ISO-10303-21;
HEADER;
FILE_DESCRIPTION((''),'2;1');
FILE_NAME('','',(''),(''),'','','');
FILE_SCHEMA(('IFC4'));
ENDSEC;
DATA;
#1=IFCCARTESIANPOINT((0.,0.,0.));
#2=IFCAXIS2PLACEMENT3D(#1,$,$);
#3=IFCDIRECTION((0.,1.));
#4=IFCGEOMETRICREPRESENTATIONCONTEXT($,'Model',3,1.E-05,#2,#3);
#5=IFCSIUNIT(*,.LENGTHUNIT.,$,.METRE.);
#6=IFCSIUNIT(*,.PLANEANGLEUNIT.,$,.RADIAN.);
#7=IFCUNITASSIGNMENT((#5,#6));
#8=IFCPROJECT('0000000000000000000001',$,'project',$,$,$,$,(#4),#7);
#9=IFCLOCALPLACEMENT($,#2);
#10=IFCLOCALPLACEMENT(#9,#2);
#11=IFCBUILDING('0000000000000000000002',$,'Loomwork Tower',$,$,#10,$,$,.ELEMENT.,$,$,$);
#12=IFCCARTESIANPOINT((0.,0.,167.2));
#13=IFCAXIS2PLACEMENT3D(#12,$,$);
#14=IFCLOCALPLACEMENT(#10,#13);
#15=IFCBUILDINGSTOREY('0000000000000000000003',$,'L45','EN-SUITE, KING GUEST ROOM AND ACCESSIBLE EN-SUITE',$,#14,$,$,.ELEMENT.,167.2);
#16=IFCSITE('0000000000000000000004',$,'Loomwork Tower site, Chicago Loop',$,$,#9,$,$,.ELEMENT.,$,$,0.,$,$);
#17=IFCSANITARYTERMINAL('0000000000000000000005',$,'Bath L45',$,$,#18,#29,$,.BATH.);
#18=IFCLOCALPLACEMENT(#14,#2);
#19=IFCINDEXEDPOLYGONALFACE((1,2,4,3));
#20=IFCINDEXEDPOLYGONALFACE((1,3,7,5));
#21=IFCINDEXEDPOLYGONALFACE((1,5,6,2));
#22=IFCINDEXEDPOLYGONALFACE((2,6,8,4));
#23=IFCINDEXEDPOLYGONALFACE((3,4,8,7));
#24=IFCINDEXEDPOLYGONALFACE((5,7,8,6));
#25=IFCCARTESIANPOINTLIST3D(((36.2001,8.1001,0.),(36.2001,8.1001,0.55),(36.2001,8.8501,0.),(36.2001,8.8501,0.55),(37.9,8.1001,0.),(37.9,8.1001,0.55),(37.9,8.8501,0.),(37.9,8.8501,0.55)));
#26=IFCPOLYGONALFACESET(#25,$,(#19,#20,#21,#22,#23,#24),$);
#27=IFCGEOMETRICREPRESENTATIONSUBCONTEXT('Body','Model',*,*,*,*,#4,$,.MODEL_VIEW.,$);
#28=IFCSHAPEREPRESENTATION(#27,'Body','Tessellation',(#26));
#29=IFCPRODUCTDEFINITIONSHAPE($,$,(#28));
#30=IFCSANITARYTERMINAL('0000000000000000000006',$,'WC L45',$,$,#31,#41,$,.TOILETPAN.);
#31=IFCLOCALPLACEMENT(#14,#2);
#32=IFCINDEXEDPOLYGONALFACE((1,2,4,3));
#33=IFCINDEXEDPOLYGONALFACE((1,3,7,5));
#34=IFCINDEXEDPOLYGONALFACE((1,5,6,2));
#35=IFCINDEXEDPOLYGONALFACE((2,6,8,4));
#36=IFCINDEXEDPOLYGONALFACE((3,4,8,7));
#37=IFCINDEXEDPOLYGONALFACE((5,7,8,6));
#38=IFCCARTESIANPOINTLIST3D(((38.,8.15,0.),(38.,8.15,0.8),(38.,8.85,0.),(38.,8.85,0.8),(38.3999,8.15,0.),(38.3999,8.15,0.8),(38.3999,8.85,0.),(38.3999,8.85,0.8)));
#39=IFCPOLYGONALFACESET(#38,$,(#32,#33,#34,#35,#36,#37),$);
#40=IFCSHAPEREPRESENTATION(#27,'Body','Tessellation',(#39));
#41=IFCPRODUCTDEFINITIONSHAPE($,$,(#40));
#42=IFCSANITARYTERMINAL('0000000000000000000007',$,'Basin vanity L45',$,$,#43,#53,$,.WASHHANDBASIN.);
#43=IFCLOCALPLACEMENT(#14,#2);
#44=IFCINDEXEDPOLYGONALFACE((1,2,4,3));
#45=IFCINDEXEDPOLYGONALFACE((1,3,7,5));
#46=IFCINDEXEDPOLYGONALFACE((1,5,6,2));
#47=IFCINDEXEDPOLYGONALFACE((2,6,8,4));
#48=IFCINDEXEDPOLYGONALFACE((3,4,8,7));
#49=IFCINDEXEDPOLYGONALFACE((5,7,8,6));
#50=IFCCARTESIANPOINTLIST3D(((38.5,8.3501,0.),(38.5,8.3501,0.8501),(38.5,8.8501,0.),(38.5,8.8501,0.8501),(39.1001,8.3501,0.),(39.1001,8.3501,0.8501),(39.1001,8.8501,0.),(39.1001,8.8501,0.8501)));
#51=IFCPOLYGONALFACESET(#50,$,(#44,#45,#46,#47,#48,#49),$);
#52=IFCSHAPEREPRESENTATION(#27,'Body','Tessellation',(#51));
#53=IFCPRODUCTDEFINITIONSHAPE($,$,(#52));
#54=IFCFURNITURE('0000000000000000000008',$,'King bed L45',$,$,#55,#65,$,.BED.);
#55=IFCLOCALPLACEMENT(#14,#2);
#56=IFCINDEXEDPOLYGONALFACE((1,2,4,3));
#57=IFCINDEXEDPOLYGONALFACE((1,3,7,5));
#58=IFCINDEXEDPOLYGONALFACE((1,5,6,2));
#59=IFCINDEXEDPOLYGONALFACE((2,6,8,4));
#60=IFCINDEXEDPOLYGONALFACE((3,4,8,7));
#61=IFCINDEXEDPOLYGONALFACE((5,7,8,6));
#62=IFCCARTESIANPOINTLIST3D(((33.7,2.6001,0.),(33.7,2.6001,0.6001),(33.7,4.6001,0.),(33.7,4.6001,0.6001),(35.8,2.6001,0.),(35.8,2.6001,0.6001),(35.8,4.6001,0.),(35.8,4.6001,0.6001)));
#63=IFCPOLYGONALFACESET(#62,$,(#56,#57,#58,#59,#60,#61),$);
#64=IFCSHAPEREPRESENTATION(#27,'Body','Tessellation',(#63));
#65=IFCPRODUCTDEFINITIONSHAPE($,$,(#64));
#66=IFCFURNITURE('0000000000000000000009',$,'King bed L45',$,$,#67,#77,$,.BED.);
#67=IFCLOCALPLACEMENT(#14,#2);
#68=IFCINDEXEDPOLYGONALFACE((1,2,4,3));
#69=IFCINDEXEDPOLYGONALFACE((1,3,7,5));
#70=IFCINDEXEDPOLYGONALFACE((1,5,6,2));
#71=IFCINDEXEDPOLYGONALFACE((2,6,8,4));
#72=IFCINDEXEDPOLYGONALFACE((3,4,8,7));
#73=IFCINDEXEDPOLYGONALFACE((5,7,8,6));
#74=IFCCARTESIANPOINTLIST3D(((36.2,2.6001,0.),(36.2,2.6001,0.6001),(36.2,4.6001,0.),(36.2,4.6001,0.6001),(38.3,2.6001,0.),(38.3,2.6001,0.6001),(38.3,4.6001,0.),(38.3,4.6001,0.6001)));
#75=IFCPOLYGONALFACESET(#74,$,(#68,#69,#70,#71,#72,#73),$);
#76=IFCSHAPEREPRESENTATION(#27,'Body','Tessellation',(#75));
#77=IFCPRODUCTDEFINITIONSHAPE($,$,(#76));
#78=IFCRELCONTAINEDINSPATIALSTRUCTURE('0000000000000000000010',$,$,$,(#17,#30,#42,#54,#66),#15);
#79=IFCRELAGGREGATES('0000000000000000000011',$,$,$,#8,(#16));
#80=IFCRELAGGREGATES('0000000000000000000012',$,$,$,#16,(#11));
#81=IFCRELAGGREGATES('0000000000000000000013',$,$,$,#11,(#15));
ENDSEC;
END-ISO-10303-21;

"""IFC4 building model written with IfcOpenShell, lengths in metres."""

from ifc_helpers import new_model, si_unit, direction, frame, origin, origin_2d, place, context, subcontext, project, spatial, rectangle, extrude, element, save


model = new_model("IFC4")

# Units and contexts
model_context = context("Model", 3, precision=1e-05, world=origin(), true_north=direction((0.0, 1.0)))
body_context = subcontext(model_context, "Body", "Model", "MODEL_VIEW")
ifc_project = project(units=[si_unit("LENGTHUNIT", "METRE"), si_unit("PLANEANGLEUNIT", "RADIAN")], contexts=[model_context])

# Site, building, storey
site_placement = place(None, origin())
site = spatial("IfcSite", under=ifc_project, at=site_placement, Name="Loomwork Tower site, Chicago Loop", CompositionType="ELEMENT", RefElevation=0.0)
building_placement = place(site_placement, origin())
building = spatial("IfcBuilding", under=site, at=building_placement, Name="Loomwork Tower", CompositionType="ELEMENT")
storey_placement = place(building_placement, frame((0.0, 0.0, 167.2)))
storey = spatial("IfcBuildingStorey", under=building, at=storey_placement, Name="L45", Description="EN-SUITE, KING GUEST ROOM AND ACCESSIBLE EN-SUITE", CompositionType="ELEMENT", Elevation=167.2)

# Sanitary terminals
sanitary_terminal_1_placement = place(storey_placement, frame((37.05, 8.4751, 0.0), z_axis=(0.0, 0.0, 1.0), x_axis=(1.0, 0.0, 0.0)))
element("IfcSanitaryTerminal", 1, at=sanitary_terminal_1_placement, inside=storey, Name="Bath L45", PredefinedType="BATH", context=body_context, shape_type="SweptSolid", body=[
    extrude(rectangle(XDim=1.7, YDim=0.75, at=origin_2d()), origin(), (0.0, 0.0, 1.0), 0.55),
])
sanitary_terminal_2_placement = place(storey_placement, frame((38.2, 8.5, 0.0), z_axis=(0.0, 0.0, 1.0), x_axis=(1.0, 0.0, 0.0)))
element("IfcSanitaryTerminal", 2, at=sanitary_terminal_2_placement, inside=storey, Name="WC L45", PredefinedType="TOILETPAN", context=body_context, shape_type="SweptSolid", body=[
    extrude(rectangle(XDim=0.3999, YDim=0.7, at=origin_2d()), origin(), (0.0, 0.0, 1.0), 0.8),
])
sanitary_terminal_3_placement = place(storey_placement, frame((38.8, 8.6001, 0.0), z_axis=(0.0, 0.0, 1.0), x_axis=(1.0, 0.0, 0.0)))
element("IfcSanitaryTerminal", 3, at=sanitary_terminal_3_placement, inside=storey, Name="Basin vanity L45", PredefinedType="WASHHANDBASIN", context=body_context, shape_type="SweptSolid", body=[
    extrude(rectangle(XDim=0.6001, YDim=0.5, at=origin_2d()), origin(), (0.0, 0.0, 1.0), 0.8501),
])

# Furniture
for number, where, z_axis, x_axis, name in (
    (4, (34.75, 3.6001, 0.0), (0.0, 0.0, 1.0), (1.0, 0.0, 0.0), "King bed L45"),
    (5, (37.25, 3.6001, 0.0), (0.0, 0.0, 1.0), (1.0, 0.0, 0.0), "King bed L45"),
):
    element("IfcFurniture", number, at=place(storey_placement, frame(where, z_axis=z_axis, x_axis=x_axis)), inside=storey, Name=name, PredefinedType="BED", context=body_context, shape_type="SweptSolid", body=[
        extrude(rectangle(XDim=2.1001, YDim=2.0, at=origin_2d()), origin(), (0.0, 0.0, 1.0), 0.6001),
    ])

save(model, "model.ifc")
